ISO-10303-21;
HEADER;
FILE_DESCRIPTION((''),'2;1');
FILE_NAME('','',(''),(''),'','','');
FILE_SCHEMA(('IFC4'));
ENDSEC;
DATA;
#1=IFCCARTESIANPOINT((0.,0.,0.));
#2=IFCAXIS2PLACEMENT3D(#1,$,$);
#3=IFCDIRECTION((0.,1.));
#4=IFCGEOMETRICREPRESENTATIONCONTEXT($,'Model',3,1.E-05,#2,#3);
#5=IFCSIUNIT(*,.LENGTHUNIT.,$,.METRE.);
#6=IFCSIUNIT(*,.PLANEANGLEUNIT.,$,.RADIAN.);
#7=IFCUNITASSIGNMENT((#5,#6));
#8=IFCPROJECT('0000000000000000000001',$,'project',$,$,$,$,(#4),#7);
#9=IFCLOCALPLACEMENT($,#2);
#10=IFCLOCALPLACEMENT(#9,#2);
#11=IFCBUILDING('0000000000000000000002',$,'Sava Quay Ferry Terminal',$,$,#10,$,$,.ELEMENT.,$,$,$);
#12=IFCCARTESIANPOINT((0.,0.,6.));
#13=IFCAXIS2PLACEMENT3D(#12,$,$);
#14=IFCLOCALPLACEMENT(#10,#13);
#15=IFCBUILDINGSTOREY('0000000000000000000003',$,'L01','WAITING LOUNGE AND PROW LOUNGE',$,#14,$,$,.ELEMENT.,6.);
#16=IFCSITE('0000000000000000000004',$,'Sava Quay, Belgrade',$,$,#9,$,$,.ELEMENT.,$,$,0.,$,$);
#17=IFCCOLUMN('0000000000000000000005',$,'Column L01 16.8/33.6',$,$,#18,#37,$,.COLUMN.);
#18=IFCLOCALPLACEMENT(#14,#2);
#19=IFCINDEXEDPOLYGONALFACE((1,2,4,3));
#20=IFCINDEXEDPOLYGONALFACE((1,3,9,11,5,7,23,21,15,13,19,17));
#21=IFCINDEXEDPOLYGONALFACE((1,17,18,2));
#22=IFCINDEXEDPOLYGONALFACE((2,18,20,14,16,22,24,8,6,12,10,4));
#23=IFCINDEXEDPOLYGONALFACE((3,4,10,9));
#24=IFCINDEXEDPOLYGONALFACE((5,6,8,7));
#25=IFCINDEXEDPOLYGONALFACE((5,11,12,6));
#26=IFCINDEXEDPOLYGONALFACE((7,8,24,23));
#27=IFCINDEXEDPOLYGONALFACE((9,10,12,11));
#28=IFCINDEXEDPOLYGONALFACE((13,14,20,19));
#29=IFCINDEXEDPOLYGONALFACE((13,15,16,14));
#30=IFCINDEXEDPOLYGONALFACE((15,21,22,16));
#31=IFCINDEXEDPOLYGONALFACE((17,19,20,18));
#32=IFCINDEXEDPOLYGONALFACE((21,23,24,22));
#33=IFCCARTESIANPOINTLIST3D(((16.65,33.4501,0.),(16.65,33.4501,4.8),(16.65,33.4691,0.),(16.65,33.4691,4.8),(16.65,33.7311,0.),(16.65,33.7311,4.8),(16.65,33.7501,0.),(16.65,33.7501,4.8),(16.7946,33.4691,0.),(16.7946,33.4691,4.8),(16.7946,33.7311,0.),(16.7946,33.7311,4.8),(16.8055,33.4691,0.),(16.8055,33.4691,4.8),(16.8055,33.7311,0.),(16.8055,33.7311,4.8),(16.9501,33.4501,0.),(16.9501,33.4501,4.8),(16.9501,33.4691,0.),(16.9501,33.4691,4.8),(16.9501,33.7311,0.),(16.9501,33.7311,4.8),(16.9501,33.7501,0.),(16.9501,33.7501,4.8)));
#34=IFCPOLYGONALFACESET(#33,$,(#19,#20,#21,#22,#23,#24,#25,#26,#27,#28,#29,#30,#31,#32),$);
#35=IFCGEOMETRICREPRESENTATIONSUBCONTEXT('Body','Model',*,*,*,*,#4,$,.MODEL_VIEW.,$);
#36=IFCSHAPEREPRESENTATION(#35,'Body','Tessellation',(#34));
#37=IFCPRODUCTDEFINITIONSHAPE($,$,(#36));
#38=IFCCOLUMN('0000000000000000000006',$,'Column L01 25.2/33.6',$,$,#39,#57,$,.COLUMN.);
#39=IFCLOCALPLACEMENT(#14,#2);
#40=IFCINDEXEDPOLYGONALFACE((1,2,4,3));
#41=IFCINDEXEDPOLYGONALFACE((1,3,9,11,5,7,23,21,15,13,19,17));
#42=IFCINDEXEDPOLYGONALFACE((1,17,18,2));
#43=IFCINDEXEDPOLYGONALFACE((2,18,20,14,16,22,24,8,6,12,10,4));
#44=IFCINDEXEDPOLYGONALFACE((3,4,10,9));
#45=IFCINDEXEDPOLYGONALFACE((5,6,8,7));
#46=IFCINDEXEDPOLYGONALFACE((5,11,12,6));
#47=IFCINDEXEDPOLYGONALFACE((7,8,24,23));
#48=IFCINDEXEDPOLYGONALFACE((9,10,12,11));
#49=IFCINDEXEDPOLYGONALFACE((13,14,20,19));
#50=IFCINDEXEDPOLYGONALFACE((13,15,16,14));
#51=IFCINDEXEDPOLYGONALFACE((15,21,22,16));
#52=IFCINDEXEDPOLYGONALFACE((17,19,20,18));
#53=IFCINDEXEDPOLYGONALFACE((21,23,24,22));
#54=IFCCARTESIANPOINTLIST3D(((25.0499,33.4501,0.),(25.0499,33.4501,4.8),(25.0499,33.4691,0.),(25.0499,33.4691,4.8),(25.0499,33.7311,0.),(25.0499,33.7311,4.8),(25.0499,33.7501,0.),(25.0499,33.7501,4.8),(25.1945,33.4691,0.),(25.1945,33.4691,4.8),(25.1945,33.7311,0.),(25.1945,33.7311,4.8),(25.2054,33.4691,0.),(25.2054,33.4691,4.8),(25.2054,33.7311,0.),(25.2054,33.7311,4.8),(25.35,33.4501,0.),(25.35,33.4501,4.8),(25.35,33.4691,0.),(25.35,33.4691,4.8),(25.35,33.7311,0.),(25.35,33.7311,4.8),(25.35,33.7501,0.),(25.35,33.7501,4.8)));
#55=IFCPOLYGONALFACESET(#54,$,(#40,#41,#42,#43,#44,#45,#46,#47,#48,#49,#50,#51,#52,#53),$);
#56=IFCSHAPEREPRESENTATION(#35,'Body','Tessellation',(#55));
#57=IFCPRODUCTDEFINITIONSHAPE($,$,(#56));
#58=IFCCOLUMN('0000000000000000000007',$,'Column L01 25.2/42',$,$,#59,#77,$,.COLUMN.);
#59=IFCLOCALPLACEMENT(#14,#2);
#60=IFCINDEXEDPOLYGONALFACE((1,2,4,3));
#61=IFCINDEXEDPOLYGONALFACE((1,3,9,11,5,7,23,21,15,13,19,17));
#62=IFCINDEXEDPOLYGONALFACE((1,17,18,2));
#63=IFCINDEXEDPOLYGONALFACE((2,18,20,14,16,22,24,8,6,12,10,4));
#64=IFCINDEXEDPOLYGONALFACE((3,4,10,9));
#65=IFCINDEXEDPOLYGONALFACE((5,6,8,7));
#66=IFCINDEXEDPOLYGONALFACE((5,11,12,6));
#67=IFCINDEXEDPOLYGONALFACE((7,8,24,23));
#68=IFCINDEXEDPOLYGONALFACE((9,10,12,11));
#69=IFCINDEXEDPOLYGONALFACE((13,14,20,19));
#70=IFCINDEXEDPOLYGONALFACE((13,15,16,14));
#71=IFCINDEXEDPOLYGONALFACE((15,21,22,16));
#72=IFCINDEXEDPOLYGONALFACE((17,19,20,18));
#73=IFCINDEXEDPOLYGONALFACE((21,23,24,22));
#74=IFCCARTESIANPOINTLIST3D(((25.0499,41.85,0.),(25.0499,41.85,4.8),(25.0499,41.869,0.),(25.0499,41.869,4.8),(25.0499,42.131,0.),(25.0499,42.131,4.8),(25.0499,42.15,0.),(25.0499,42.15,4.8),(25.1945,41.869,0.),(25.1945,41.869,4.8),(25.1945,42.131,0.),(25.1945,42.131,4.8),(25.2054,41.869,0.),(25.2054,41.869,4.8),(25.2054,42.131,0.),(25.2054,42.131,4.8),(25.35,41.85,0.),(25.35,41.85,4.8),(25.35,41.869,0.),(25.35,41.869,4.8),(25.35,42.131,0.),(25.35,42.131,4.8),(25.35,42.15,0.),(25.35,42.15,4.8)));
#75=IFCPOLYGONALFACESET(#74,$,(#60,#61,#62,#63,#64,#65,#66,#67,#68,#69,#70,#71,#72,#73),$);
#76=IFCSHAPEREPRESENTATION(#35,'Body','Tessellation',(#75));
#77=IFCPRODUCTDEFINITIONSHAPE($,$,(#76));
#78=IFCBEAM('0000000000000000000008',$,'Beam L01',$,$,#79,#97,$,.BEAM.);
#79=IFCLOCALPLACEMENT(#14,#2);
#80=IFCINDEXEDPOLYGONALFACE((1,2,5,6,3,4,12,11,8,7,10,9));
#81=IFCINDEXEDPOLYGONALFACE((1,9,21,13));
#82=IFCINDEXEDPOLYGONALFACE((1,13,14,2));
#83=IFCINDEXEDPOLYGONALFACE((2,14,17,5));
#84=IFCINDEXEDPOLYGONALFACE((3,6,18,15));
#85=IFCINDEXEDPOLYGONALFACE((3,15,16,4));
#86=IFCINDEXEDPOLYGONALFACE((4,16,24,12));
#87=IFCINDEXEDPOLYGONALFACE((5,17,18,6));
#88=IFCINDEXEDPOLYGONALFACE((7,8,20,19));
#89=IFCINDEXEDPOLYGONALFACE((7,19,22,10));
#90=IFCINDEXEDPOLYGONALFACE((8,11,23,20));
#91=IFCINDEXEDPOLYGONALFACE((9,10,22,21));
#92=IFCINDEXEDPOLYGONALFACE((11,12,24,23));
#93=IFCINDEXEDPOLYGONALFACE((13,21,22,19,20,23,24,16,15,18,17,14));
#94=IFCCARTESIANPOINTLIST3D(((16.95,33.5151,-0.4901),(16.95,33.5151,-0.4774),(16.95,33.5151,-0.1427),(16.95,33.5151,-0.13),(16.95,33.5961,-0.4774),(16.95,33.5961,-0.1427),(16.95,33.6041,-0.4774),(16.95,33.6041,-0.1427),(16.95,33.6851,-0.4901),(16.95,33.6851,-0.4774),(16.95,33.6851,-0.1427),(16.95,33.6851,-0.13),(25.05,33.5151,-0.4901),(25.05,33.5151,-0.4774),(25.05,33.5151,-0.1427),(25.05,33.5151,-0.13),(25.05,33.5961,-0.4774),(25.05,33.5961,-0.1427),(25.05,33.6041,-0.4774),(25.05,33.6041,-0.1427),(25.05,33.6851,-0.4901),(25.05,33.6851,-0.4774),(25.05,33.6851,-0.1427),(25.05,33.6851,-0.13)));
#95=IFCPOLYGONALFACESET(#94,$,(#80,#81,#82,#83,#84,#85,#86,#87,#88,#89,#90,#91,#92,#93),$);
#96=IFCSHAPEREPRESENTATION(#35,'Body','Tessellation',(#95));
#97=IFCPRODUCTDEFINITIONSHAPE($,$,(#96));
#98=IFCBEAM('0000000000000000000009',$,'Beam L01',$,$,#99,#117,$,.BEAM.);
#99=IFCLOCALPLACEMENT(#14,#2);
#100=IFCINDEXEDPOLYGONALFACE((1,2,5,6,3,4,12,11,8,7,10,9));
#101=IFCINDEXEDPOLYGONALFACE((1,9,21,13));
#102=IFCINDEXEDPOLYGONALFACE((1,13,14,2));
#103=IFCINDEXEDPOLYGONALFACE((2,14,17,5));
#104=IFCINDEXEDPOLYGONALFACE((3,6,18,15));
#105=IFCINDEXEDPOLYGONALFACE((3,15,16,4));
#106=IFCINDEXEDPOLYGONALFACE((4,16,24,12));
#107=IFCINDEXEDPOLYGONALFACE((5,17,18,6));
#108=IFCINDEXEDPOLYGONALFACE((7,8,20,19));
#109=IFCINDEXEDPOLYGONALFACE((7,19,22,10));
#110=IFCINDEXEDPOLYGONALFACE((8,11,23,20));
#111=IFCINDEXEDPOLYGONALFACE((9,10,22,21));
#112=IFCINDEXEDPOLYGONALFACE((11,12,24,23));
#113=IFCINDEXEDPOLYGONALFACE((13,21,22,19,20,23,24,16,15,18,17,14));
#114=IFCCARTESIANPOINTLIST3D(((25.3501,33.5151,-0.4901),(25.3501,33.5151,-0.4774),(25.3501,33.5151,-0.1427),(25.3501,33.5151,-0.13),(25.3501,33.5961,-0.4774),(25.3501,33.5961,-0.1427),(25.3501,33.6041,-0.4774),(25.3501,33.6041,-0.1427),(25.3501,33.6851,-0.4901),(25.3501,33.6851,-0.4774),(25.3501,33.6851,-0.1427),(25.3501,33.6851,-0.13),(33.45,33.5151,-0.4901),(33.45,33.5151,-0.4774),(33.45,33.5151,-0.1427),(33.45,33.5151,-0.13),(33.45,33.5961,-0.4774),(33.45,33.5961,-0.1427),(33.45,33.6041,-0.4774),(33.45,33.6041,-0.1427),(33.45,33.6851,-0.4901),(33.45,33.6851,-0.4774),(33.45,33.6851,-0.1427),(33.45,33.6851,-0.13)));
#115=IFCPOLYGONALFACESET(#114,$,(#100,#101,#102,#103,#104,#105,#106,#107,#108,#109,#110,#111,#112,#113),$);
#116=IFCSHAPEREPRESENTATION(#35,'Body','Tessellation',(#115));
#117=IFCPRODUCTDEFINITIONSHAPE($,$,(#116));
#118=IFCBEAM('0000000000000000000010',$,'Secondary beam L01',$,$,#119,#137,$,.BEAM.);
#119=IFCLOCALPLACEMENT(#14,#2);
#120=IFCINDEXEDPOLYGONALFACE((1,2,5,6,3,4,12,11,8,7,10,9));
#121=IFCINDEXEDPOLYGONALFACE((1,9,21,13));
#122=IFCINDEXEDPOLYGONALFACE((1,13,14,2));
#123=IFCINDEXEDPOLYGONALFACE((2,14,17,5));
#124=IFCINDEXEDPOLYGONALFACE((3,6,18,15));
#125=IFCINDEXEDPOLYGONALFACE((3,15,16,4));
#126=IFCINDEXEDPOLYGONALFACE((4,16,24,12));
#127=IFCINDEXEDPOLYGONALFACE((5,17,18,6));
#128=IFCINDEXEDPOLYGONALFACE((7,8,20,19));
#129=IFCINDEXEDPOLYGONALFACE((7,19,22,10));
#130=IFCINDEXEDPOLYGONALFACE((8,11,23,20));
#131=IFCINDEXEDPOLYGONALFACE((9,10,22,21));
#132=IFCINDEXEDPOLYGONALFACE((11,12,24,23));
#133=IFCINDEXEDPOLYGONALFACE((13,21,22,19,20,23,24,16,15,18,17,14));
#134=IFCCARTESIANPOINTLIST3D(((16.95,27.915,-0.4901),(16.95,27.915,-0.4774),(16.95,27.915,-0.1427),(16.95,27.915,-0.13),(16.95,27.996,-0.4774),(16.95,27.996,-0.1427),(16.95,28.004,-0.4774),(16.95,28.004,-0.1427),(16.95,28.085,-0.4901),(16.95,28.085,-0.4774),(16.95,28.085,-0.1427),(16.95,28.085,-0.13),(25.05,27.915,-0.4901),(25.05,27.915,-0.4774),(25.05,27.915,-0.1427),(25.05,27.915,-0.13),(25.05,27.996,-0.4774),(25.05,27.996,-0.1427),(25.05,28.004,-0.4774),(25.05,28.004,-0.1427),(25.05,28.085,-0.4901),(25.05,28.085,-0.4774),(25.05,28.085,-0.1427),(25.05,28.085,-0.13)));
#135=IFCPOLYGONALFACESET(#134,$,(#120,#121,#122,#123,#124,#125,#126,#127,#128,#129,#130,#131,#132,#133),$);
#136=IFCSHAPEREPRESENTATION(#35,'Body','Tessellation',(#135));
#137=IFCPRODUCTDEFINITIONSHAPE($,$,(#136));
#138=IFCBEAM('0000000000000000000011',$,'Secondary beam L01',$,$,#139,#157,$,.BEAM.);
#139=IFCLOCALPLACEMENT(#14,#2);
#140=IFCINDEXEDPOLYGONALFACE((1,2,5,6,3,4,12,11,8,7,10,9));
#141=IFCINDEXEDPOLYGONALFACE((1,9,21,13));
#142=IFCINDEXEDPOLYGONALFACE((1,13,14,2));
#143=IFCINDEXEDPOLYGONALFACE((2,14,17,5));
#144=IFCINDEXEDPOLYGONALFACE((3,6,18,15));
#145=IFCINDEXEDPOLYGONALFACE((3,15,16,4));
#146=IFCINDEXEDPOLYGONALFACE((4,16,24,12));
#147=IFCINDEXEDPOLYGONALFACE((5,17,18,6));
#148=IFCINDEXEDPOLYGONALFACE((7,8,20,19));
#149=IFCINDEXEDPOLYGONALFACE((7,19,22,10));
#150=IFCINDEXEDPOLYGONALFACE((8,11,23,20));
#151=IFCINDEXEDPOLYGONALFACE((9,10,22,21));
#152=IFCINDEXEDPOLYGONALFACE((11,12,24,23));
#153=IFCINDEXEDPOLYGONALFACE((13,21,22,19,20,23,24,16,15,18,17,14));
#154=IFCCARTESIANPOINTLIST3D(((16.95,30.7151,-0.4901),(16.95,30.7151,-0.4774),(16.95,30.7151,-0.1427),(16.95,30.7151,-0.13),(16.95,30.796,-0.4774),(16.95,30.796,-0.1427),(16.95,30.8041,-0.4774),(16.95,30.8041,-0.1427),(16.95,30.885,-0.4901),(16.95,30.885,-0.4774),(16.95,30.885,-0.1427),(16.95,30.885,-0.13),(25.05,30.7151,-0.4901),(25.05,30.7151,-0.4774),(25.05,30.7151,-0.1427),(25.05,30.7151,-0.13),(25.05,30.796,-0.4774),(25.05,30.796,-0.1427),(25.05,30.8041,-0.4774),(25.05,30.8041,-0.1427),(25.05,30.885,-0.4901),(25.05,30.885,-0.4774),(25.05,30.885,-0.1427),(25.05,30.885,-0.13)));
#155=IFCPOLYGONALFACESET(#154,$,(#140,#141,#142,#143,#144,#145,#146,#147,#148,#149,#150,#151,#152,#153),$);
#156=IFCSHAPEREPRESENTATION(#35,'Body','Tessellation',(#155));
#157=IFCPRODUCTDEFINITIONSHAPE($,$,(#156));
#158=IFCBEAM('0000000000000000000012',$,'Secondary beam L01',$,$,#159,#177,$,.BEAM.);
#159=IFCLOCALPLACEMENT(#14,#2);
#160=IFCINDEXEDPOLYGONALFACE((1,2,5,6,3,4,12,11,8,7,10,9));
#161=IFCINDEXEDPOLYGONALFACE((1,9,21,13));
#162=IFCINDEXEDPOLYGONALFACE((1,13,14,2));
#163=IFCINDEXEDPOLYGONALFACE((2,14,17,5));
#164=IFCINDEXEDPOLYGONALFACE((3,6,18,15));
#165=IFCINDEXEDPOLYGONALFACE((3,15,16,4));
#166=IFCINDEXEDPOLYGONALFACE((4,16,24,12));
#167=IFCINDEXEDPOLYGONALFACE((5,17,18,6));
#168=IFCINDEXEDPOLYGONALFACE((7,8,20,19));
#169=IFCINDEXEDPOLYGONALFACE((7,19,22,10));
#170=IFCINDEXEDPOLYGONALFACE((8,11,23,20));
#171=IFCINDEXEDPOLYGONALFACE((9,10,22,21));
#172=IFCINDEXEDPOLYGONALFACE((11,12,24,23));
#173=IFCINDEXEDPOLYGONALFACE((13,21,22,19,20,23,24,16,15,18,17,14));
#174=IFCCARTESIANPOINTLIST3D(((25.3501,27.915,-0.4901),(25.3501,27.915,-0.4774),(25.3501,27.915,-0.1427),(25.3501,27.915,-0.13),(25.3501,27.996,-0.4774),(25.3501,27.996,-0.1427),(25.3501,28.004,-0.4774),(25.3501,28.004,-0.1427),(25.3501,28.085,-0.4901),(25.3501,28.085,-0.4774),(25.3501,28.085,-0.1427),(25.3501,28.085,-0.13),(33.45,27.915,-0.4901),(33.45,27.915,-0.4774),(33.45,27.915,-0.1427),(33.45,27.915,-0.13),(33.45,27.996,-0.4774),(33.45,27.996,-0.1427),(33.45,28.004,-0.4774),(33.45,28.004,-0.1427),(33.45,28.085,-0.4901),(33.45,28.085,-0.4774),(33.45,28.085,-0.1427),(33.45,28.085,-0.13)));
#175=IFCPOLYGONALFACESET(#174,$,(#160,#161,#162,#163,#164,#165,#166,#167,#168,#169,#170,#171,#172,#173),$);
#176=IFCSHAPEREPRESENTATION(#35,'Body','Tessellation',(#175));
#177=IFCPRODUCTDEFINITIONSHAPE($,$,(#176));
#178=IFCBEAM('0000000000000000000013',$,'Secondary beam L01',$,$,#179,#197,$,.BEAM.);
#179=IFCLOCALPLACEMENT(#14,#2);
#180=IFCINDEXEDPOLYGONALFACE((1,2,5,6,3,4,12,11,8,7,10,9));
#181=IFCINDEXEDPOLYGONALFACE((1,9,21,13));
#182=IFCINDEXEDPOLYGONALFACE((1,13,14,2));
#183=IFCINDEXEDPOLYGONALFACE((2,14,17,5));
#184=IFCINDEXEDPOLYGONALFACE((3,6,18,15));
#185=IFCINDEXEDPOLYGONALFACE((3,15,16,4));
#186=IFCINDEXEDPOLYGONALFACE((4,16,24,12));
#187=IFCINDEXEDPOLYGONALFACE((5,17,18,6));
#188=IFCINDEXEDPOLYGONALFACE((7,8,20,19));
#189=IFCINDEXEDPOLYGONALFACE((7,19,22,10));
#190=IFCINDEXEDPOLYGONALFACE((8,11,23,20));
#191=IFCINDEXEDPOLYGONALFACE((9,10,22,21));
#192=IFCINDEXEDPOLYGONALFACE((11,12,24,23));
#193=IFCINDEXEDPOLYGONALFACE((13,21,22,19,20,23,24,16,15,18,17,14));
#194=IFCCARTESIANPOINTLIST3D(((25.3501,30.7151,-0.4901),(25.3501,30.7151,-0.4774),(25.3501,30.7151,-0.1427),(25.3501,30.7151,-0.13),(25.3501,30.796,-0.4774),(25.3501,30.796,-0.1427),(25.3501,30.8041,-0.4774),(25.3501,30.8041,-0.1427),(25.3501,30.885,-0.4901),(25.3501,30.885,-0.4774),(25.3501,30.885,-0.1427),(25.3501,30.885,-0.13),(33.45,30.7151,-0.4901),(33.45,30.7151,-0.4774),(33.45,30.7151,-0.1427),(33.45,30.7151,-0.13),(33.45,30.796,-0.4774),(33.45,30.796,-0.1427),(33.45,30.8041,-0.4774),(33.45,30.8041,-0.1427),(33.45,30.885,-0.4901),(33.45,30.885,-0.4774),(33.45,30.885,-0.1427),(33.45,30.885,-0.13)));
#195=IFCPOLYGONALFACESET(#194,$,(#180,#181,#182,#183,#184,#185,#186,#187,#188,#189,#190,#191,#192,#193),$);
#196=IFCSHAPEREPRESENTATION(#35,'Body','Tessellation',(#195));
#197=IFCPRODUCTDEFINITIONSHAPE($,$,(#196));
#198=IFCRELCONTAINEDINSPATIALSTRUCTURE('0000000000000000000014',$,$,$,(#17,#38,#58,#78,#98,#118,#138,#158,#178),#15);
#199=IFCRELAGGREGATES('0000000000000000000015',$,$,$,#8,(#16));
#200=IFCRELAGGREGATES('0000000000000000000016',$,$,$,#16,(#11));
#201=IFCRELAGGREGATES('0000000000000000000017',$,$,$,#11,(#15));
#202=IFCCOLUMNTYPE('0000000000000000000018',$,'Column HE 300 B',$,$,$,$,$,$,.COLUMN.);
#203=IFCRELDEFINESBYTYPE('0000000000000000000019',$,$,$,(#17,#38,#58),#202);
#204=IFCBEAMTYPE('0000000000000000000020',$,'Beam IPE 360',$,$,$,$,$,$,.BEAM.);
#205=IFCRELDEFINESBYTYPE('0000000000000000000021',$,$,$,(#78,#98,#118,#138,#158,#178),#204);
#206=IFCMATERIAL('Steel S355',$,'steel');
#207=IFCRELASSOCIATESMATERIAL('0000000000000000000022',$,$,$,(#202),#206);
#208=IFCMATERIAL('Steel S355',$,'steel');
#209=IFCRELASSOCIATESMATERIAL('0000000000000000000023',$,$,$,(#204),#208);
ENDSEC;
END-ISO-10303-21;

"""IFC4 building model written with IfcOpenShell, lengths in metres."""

from ifc_helpers import new_model, si_unit, direction, frame, origin, origin_2d, place, context, subcontext, project, spatial, i_section, extrude, material, material_profile, profile_set, type_object, element, save


model = new_model("IFC4")

# Units and contexts
model_context = context("Model", 3, precision=1e-05, world=origin(), true_north=direction((0.0, 1.0)))
body_context = subcontext(model_context, "Body", "Model", "MODEL_VIEW")
ifc_project = project(units=[si_unit("LENGTHUNIT", "METRE"), si_unit("PLANEANGLEUNIT", "RADIAN")], contexts=[model_context])

# Site, building, storey
site_placement = place(None, origin())
site = spatial("IfcSite", under=ifc_project, at=site_placement, Name="Sava Quay, Belgrade", CompositionType="ELEMENT", RefElevation=0.0)
building_placement = place(site_placement, origin())
building = spatial("IfcBuilding", under=site, at=building_placement, Name="Sava Quay Ferry Terminal", CompositionType="ELEMENT")
storey_placement = place(building_placement, frame((0.0, 0.0, 6.0)))
storey = spatial("IfcBuildingStorey", under=building, at=storey_placement, Name="L01", Description="WAITING LOUNGE AND PROW LOUNGE", CompositionType="ELEMENT", Elevation=6.0)

# Columns
ifc_material_1 = material(Name="Steel S355", Category="steel")
ifc_material_profile_1 = material_profile(ifc_material_1, i_section(OverallWidth=0.3, OverallDepth=0.3, WebThickness=0.011, FlangeThickness=0.019, at=origin_2d()), Name="HE 300 B")
ifc_profile_set_1 = profile_set([ifc_material_profile_1], Name="Steel S355")
column_type = type_object("IfcColumnType", Name="Column HE 300 B", PredefinedType="COLUMN", material=ifc_profile_set_1)
for number, where, z_axis, x_axis, name in (
    (1, (16.8, 33.6001, 0.0), (0.0, 0.0, 1.0), (1.0, 0.0, 0.0), "Column L01 16.8/33.6"),
    (2, (25.2, 33.6001, 0.0), (0.0, 0.0, 1.0), (1.0, 0.0, 0.0), "Column L01 25.2/33.6"),
    (3, (25.2, 42.0, 0.0), (0.0, 0.0, 1.0), (1.0, 0.0, 0.0), "Column L01 25.2/42"),
):
    element("IfcColumn", number, at=place(storey_placement, frame(where, z_axis=z_axis, x_axis=x_axis)), inside=storey, type_object=column_type, Name=name, PredefinedType="COLUMN", context=body_context, shape_type="SweptSolid", body=[
        extrude(i_section(OverallWidth=0.3, OverallDepth=0.3, WebThickness=0.011, FlangeThickness=0.019, at=origin_2d()), origin(), (0.0, 0.0, 1.0), 4.8),
    ])

# Beams
ifc_material_2 = material(Name="Steel S355", Category="steel")
ifc_material_profile_2 = material_profile(ifc_material_2, i_section(OverallWidth=0.1699, OverallDepth=0.3601, WebThickness=0.0081, FlangeThickness=0.0127, at=origin_2d()), Name="IPE 360")
ifc_profile_set_2 = profile_set([ifc_material_profile_2], Name="Steel S355")
beam_type_1 = type_object("IfcBeamType", Name="Beam IPE 360", PredefinedType="BEAM", material=ifc_profile_set_2)
beam_1_placement = place(storey_placement, frame((16.95, 33.6001, -0.3101), z_axis=(1.0, 0.0, 0.0), x_axis=(0.0, 1.0, 0.0)))
element("IfcBeam", 4, at=beam_1_placement, inside=storey, type_object=beam_type_1, Name="Beam L01", PredefinedType="BEAM", context=body_context, shape_type="SweptSolid", body=[
    extrude(i_section(OverallWidth=0.1699, OverallDepth=0.3601, WebThickness=0.0081, FlangeThickness=0.0127, at=origin_2d()), origin(), (0.0, 0.0, 1.0), 8.1001),
])
beam_2_placement = place(storey_placement, frame((25.3501, 33.6001, -0.3101), z_axis=(1.0, 0.0, 0.0), x_axis=(0.0, 1.0, 0.0)))
element("IfcBeam", 5, at=beam_2_placement, inside=storey, type_object=beam_type_1, Name="Beam L01", PredefinedType="BEAM", context=body_context, shape_type="SweptSolid", body=[
    extrude(i_section(OverallWidth=0.1699, OverallDepth=0.3601, WebThickness=0.0081, FlangeThickness=0.0127, at=origin_2d()), origin(), (0.0, 0.0, 1.0), 8.0999),
])
for number, where, z_axis, x_axis, name in (
    (6, (16.95, 28.0, -0.3101), (1.0, 0.0, 0.0), (0.0, 1.0, 0.0), "Secondary beam L01"),
    (7, (16.95, 30.8, -0.3101), (1.0, 0.0, 0.0), (0.0, 1.0, 0.0), "Secondary beam L01"),
):
    element("IfcBeam", number, at=place(storey_placement, frame(where, z_axis=z_axis, x_axis=x_axis)), inside=storey, type_object=beam_type_1, Name=name, PredefinedType="BEAM", context=body_context, shape_type="SweptSolid", body=[
        extrude(i_section(OverallWidth=0.1699, OverallDepth=0.3601, WebThickness=0.0081, FlangeThickness=0.0127, at=origin_2d()), origin(), (0.0, 0.0, 1.0), 8.1001),
    ])
for number, where, z_axis, x_axis, name in (
    (8, (25.3501, 28.0, -0.3101), (1.0, 0.0, 0.0), (0.0, 1.0, 0.0), "Secondary beam L01"),
    (9, (25.3501, 30.8, -0.3101), (1.0, 0.0, 0.0), (0.0, 1.0, 0.0), "Secondary beam L01"),
):
    element("IfcBeam", number, at=place(storey_placement, frame(where, z_axis=z_axis, x_axis=x_axis)), inside=storey, type_object=beam_type_1, Name=name, PredefinedType="BEAM", context=body_context, shape_type="SweptSolid", body=[
        extrude(i_section(OverallWidth=0.1699, OverallDepth=0.3601, WebThickness=0.0081, FlangeThickness=0.0127, at=origin_2d()), origin(), (0.0, 0.0, 1.0), 8.0999),
    ])

save(model, "model.ifc")
